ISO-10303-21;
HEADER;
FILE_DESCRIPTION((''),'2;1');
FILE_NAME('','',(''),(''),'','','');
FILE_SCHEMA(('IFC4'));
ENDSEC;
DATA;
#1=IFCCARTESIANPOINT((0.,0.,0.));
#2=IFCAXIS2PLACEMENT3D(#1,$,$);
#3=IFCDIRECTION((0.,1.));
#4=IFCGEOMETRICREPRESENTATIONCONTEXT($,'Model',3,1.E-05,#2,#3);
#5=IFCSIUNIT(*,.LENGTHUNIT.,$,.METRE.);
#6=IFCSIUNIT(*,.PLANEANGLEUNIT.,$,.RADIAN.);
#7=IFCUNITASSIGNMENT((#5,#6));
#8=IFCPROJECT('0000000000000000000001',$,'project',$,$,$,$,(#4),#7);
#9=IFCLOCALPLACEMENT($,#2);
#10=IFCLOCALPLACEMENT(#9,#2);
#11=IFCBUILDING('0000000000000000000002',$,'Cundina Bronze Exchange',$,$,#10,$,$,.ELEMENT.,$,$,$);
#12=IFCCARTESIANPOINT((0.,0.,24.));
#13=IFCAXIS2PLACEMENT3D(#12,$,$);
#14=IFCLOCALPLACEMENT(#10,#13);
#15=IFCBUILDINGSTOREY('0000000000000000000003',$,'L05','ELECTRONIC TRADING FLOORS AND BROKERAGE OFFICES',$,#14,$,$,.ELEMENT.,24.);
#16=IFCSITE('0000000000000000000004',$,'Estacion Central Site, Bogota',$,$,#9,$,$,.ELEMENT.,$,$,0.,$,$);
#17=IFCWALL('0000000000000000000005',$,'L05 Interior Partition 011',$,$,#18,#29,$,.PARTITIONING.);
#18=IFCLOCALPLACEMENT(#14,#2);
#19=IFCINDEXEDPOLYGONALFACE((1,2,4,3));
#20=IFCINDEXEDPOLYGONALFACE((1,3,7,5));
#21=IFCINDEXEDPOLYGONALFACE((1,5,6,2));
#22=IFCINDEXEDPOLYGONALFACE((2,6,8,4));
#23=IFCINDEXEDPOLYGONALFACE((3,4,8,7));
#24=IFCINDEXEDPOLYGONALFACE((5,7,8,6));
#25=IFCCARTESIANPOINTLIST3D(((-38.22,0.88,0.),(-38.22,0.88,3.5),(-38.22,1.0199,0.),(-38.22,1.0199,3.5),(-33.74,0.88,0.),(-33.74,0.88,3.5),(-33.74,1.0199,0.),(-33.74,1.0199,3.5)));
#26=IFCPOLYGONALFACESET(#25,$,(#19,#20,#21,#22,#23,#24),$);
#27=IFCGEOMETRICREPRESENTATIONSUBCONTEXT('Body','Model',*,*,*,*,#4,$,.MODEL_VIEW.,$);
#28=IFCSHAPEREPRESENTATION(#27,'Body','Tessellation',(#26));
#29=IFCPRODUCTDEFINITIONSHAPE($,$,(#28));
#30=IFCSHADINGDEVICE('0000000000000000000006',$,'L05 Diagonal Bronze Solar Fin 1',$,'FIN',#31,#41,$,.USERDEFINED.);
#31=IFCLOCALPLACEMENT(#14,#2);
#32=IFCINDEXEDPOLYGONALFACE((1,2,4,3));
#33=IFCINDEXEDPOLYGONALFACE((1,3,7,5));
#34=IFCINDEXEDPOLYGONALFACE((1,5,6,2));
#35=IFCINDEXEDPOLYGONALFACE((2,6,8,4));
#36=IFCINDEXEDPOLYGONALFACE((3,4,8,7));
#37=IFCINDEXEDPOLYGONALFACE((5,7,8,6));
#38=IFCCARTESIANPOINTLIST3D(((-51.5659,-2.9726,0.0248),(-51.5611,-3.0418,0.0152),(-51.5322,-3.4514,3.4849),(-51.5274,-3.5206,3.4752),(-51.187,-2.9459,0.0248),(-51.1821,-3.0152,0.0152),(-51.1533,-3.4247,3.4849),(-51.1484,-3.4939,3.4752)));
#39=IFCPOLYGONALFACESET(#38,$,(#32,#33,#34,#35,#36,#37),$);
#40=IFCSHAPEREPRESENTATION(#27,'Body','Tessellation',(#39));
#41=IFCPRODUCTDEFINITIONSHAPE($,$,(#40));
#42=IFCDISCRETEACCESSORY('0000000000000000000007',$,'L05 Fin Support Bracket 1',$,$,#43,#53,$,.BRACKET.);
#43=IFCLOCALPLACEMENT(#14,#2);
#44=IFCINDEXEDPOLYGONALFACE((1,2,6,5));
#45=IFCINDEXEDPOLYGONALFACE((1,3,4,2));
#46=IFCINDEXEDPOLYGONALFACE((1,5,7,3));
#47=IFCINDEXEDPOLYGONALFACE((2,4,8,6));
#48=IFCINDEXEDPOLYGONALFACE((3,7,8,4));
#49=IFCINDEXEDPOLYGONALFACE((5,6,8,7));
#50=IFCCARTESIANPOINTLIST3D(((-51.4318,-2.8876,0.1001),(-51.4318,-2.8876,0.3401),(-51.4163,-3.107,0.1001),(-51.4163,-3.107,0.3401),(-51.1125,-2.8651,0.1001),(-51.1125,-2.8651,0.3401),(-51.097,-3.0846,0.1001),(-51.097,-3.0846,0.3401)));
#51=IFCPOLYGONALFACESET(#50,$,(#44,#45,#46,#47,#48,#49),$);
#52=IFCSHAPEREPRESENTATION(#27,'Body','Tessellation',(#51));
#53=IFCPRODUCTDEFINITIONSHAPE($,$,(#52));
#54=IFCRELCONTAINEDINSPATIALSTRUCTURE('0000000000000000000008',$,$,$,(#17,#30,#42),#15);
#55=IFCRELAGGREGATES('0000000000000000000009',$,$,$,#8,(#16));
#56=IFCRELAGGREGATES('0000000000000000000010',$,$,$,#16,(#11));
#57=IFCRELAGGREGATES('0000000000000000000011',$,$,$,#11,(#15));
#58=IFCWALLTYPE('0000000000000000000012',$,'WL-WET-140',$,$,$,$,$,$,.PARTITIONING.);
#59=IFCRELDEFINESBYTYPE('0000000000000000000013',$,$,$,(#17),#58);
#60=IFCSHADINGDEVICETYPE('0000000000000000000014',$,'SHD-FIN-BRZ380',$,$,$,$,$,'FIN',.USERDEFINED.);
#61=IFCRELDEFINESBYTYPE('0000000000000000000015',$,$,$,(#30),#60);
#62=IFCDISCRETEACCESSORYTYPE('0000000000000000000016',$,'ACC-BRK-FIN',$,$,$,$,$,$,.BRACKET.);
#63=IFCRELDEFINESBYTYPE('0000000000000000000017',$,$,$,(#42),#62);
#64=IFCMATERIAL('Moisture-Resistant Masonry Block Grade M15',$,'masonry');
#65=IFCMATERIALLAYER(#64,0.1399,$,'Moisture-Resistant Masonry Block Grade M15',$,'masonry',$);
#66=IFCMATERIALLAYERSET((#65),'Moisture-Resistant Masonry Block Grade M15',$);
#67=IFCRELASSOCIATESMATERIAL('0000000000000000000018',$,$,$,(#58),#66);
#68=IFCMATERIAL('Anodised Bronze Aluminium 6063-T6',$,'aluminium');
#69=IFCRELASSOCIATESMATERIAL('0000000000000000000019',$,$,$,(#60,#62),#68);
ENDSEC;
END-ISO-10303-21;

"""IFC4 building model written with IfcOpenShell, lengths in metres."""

from ifc_helpers import new_model, si_unit, direction, frame, frame_2d, origin, origin_2d, place, context, subcontext, project, spatial, rectangle, extrude, material, layer, layer_set, material_profile, profile_set, type_object, element, save


model = new_model("IFC4")

# Units and contexts
model_context = context("Model", 3, precision=1e-05, world=origin(), true_north=direction((0.0, 1.0)))
body_context = subcontext(model_context, "Body", "Model", "MODEL_VIEW")
ifc_project = project(units=[si_unit("LENGTHUNIT", "METRE"), si_unit("PLANEANGLEUNIT", "RADIAN")], contexts=[model_context])

# Site, building, storey
site_placement = place(None, origin())
site = spatial("IfcSite", under=ifc_project, at=site_placement, Name="Estacion Central Site, Bogota", CompositionType="ELEMENT", RefElevation=0.0)
building_placement = place(site_placement, origin())
building = spatial("IfcBuilding", under=site, at=building_placement, Name="Cundina Bronze Exchange", CompositionType="ELEMENT")
storey_placement = place(building_placement, frame((0.0, 0.0, 24.0)))
storey = spatial("IfcBuildingStorey", under=building, at=storey_placement, Name="L05", Description="ELECTRONIC TRADING FLOORS AND BROKERAGE OFFICES", CompositionType="ELEMENT", Elevation=24.0)

# Shared definitions
ifc_material_1 = material(Name="Anodised Bronze Aluminium 6063-T6", Category="aluminium")

# Wall
ifc_material_2 = material(Name="Moisture-Resistant Masonry Block Grade M15", Category="masonry")
ifc_layer_1 = layer(ifc_material_2, 0.1399, Name="Moisture-Resistant Masonry Block Grade M15", Category="masonry")
ifc_layer_set_1 = layer_set([ifc_layer_1], Name="Moisture-Resistant Masonry Block Grade M15")
wall_type_1 = type_object("IfcWallType", Name="WL-WET-140", PredefinedType="PARTITIONING", material=ifc_layer_set_1)
wall_1_placement = place(storey_placement, frame((-38.22, 0.95, 0.0), z_axis=(0.0, 0.0, 1.0), x_axis=(1.0, 0.0, 0.0)))
element("IfcWall", 1, at=wall_1_placement, inside=storey, type_object=wall_type_1, Name="L05 Interior Partition 011", PredefinedType="PARTITIONING", context=body_context, shape_type="SweptSolid", body=[
    extrude(rectangle(XDim=4.48, YDim=0.1399, at=frame_2d((2.24, 0.0))), origin(), (0.0, 0.0, 1.0), 3.5),
])

# Shading device
ifc_material_profile_1 = material_profile(ifc_material_1, rectangle(XDim=0.0701, YDim=0.3799, at=origin_2d()), Name="FIN70X380", Category="aluminium")
ifc_profile_set_1 = profile_set([ifc_material_profile_1], Name="Anodised Bronze Aluminium 6063-T6")
shading_device_type = type_object("IfcShadingDeviceType", Name="SHD-FIN-BRZ380", ElementType="FIN", PredefinedType="USERDEFINED", material=ifc_profile_set_1)
shading_device_placement = place(storey_placement, frame((-51.374, -2.9939, 0.02), z_axis=(0.009645, -0.137059, 0.990516), x_axis=(-0.069533, 0.988072, 0.137398)))
element("IfcShadingDevice", 2, at=shading_device_placement, inside=storey, type_object=shading_device_type, Name="L05 Diagonal Bronze Solar Fin 1", ObjectType="FIN", PredefinedType="USERDEFINED", context=body_context, shape_type="SweptSolid", body=[
    extrude(rectangle(XDim=0.0701, YDim=0.3799, at=origin_2d()), origin(), (0.0, 0.0, 1.0), 3.4932),
])

# Discrete accessory
discrete_accessory_type = type_object("IfcDiscreteAccessoryType", Name="ACC-BRK-FIN", PredefinedType="BRACKET", material=ifc_material_1)
discrete_accessory_placement = place(storey_placement, frame((-51.2644, -2.9861, 0.1001), z_axis=(0.0, 0.0, 1.0), x_axis=(0.070279, -0.997527, 0.0)))
element("IfcDiscreteAccessory", 3, at=discrete_accessory_placement, inside=storey, type_object=discrete_accessory_type, Name="L05 Fin Support Bracket 1", PredefinedType="BRACKET", context=body_context, shape_type="SweptSolid", body=[
    extrude(rectangle(XDim=0.22, YDim=0.3201, at=origin_2d()), origin(), (0.0, 0.0, 1.0), 0.24),
])

save(model, "model.ifc")
